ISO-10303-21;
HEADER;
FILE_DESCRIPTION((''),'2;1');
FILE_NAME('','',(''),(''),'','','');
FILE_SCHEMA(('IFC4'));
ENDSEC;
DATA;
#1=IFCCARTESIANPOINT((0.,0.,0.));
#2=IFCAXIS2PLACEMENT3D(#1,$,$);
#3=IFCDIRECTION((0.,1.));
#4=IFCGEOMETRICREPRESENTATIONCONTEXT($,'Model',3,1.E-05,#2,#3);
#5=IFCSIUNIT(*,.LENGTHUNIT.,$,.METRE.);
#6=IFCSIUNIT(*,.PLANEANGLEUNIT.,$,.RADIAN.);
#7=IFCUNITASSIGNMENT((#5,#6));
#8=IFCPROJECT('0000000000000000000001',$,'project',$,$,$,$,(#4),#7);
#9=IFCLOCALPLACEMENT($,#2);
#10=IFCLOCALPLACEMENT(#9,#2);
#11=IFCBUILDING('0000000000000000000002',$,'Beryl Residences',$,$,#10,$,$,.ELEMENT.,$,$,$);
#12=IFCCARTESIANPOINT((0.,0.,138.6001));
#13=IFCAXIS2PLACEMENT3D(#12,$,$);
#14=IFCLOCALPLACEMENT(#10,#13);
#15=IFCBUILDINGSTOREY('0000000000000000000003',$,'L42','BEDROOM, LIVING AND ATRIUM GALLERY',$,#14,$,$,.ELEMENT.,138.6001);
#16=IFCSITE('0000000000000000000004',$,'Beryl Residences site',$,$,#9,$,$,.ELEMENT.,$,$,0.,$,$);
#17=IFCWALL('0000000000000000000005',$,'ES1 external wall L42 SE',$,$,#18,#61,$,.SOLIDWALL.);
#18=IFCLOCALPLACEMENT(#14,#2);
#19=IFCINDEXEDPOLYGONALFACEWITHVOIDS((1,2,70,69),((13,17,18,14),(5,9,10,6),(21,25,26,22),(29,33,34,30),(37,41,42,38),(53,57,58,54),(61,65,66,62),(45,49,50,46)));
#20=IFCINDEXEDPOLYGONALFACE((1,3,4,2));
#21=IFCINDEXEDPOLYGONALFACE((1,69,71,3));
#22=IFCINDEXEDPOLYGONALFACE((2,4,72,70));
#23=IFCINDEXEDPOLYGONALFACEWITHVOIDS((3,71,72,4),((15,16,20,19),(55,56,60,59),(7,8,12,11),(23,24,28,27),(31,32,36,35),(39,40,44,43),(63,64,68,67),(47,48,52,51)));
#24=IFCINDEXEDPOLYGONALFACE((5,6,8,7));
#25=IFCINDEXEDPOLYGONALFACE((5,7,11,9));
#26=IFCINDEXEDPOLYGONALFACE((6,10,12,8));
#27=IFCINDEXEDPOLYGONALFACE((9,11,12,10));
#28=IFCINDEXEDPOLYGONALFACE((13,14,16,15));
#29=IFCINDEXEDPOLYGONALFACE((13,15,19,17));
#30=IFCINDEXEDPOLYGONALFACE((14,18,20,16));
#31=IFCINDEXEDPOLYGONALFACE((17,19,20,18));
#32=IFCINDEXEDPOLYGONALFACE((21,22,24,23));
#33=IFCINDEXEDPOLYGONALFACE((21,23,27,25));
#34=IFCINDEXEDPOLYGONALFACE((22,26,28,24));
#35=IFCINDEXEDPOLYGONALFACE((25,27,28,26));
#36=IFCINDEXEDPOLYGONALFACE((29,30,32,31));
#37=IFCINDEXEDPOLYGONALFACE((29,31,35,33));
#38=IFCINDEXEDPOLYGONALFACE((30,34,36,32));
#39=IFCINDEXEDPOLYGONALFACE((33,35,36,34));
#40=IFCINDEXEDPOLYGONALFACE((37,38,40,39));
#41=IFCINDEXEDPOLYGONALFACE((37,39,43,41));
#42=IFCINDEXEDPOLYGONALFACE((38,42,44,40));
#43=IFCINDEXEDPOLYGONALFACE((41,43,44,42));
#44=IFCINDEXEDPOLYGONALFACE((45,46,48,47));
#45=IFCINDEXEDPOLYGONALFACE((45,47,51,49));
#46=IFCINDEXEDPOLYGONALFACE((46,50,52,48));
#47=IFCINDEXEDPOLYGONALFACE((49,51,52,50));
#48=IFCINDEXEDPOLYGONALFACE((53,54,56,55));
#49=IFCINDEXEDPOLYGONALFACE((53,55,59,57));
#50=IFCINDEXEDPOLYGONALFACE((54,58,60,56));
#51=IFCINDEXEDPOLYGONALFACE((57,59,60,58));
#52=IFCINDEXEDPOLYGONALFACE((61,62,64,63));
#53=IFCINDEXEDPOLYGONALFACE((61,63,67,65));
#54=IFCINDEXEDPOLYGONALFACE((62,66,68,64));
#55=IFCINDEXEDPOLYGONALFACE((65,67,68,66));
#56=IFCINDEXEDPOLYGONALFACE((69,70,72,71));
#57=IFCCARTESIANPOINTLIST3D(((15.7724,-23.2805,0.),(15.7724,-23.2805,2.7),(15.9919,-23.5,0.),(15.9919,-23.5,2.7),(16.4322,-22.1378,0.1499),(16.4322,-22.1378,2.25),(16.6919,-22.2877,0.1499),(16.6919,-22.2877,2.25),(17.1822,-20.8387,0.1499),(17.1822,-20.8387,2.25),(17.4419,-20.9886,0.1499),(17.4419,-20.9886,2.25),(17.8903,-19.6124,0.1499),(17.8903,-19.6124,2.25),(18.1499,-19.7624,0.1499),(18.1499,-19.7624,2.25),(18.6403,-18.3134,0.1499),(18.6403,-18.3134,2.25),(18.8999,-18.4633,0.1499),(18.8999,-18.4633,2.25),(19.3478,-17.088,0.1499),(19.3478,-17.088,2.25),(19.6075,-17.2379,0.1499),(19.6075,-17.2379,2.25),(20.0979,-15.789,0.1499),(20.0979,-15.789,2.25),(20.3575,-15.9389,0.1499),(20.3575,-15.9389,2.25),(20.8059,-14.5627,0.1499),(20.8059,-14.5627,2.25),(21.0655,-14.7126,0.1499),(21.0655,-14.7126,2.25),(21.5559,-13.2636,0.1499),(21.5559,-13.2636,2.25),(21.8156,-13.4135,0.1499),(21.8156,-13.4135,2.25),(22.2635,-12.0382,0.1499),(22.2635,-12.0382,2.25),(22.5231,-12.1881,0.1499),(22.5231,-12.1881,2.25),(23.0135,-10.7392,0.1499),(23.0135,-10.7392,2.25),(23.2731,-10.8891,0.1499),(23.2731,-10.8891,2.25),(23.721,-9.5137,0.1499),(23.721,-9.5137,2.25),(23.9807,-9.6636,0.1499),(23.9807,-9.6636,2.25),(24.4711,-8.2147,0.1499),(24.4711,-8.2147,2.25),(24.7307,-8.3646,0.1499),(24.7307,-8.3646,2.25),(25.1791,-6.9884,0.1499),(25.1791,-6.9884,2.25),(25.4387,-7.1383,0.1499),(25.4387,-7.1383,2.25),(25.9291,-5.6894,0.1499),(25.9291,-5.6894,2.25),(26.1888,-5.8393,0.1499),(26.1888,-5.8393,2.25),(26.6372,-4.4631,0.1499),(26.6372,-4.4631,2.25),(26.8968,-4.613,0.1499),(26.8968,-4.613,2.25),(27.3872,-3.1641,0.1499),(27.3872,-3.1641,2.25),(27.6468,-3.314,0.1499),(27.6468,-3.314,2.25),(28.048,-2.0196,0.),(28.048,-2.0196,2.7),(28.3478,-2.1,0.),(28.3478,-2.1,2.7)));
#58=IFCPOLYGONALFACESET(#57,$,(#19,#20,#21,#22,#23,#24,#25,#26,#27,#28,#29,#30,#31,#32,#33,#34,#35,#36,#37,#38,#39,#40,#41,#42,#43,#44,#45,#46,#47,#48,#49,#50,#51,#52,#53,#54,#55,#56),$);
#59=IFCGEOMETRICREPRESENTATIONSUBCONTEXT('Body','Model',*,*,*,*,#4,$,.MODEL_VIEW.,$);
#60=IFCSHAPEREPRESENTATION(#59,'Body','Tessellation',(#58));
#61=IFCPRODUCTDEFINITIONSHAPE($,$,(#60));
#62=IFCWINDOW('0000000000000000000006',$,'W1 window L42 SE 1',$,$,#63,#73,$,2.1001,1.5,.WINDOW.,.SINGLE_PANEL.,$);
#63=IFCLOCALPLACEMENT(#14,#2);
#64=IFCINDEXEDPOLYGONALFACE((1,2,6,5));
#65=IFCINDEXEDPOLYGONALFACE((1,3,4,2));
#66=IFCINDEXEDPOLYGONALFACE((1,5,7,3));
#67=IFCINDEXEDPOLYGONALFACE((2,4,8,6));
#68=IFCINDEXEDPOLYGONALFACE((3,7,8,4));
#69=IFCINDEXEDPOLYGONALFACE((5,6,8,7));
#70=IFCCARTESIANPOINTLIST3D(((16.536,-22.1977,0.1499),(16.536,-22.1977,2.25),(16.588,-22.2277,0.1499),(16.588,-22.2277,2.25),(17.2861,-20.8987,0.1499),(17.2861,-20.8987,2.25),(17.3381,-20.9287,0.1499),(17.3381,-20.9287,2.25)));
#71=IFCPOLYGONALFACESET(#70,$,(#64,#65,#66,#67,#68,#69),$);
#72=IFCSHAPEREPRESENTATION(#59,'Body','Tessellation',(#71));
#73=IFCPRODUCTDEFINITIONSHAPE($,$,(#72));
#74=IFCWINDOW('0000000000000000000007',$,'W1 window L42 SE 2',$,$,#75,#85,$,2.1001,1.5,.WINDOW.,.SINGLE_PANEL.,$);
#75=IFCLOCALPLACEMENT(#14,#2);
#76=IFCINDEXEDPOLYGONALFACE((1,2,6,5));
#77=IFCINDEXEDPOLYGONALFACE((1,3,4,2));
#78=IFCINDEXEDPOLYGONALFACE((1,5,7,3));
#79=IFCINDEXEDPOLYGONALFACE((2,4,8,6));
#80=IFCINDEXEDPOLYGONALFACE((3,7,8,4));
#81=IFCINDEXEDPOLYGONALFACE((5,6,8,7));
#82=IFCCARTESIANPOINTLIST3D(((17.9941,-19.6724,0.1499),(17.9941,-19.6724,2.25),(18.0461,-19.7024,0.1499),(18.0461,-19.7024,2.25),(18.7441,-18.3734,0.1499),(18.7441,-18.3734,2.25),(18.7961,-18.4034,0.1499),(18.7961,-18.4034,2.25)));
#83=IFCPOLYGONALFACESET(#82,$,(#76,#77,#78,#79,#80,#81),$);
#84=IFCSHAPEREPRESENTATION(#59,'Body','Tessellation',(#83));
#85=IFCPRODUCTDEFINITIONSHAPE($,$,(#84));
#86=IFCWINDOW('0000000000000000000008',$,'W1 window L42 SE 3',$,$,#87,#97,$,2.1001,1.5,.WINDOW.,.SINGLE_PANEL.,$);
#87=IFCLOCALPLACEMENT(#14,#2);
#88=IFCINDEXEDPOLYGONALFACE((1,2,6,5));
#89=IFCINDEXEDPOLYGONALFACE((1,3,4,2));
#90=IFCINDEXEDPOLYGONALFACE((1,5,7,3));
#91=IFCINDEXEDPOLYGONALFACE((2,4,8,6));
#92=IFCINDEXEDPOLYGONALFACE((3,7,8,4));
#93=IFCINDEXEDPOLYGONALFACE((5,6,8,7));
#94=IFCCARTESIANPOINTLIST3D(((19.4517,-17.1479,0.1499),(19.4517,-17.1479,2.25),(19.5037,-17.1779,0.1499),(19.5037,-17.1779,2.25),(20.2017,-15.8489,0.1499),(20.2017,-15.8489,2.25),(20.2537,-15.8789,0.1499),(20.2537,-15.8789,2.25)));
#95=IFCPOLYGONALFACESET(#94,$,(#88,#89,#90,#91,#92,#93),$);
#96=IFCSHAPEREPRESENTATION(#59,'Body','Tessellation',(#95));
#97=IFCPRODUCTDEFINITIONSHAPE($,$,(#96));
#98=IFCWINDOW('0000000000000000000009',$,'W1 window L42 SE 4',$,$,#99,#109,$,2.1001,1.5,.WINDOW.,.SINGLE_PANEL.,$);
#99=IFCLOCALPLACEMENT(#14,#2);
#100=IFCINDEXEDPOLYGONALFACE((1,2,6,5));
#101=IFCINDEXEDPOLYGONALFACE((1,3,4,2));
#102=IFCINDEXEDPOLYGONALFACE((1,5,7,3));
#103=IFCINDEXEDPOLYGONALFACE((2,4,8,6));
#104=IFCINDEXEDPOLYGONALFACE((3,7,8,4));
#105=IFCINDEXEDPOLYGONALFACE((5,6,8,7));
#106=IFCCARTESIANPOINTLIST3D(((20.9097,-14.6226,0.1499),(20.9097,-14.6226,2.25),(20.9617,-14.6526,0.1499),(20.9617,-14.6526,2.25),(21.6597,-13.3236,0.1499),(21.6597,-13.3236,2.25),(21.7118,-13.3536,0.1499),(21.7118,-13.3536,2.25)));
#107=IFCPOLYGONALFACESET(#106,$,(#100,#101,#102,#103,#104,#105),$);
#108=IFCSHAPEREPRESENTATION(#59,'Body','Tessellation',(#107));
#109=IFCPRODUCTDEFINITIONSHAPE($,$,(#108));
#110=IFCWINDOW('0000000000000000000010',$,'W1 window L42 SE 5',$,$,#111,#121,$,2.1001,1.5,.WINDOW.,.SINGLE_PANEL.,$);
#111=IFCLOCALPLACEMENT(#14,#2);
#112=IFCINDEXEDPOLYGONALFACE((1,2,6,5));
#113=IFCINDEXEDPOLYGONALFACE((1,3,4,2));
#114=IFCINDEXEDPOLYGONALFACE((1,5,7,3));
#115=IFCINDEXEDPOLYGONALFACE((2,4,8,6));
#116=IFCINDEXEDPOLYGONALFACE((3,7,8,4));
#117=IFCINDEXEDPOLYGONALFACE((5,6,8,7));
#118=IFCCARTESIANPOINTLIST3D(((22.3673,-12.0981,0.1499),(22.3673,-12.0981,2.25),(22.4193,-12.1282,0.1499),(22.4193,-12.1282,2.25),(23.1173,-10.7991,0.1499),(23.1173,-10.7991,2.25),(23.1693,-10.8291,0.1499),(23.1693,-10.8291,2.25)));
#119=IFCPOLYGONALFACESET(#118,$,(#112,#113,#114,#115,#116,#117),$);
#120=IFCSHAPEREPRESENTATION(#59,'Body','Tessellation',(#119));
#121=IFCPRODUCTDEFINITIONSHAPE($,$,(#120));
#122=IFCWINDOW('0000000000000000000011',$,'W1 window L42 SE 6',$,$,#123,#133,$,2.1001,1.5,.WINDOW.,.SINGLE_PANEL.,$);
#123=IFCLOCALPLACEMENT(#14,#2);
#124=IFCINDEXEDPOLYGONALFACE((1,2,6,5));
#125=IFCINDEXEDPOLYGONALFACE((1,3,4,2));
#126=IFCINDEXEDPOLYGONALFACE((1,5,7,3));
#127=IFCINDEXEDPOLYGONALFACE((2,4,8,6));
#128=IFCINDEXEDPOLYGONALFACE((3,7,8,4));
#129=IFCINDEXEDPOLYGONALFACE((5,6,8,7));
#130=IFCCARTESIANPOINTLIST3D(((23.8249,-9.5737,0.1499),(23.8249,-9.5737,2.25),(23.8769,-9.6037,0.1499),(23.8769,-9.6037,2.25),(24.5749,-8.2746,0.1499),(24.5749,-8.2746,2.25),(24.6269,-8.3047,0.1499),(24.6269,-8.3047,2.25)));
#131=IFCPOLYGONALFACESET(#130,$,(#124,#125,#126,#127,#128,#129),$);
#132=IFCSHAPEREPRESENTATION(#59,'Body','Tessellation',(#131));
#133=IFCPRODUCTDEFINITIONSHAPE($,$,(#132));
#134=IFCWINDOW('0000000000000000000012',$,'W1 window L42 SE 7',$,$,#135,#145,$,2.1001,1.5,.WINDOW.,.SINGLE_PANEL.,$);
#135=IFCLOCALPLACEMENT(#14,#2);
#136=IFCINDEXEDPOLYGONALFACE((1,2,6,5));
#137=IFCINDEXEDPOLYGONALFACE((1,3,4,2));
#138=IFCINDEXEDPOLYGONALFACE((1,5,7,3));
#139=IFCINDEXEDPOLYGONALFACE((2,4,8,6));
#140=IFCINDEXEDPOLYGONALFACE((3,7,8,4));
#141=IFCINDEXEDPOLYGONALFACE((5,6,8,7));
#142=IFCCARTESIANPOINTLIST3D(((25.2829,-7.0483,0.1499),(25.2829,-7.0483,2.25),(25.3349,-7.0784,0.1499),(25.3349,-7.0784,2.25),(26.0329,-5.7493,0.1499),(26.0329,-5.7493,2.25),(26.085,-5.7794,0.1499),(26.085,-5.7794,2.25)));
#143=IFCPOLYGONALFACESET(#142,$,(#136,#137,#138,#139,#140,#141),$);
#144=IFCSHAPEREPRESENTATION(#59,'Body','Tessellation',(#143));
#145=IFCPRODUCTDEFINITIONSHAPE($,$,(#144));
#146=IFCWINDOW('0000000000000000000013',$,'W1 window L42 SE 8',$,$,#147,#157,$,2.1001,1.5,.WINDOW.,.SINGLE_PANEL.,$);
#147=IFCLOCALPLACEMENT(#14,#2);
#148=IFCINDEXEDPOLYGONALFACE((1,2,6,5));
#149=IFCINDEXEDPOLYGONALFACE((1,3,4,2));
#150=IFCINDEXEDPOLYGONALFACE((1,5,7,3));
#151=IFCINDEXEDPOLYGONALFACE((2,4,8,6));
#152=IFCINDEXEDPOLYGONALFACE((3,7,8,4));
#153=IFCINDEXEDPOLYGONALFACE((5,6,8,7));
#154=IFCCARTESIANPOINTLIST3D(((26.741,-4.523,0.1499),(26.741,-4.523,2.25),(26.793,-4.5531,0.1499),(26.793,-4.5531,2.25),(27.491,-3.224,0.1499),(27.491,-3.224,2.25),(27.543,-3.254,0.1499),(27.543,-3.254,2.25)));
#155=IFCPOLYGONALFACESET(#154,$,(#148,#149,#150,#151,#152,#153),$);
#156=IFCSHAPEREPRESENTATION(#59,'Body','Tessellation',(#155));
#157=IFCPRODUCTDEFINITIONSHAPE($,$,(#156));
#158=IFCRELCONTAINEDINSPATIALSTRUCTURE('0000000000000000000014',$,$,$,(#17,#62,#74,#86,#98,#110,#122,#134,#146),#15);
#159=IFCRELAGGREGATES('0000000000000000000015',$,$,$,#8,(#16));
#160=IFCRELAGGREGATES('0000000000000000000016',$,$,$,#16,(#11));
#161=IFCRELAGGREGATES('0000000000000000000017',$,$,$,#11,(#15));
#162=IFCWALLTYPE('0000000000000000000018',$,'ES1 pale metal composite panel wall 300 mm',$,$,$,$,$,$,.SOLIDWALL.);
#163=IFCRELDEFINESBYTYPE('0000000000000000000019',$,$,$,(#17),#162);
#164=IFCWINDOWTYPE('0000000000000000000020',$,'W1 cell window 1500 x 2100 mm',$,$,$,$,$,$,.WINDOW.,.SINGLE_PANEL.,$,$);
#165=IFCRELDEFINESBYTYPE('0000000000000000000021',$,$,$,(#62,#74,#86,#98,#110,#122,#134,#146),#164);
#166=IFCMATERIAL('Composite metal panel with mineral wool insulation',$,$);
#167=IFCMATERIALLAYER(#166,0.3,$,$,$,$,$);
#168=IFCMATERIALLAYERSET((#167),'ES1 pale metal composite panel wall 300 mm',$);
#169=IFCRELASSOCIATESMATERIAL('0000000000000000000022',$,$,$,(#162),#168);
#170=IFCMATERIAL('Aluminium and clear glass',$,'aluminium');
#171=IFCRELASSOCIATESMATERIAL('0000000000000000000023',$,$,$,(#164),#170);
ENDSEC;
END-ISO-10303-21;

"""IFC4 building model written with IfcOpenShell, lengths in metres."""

from ifc_helpers import new_model, si_unit, direction, frame, frame_2d, origin, place, context, subcontext, project, spatial, polyline, rectangle, outline, extrude, material, layer, layer_set, type_object, element, fill, save


model = new_model("IFC4")

# Units and contexts
model_context = context("Model", 3, precision=1e-05, world=origin(), true_north=direction((0.0, 1.0)))
body_context = subcontext(model_context, "Body", "Model", "MODEL_VIEW")
ifc_project = project(units=[si_unit("LENGTHUNIT", "METRE"), si_unit("PLANEANGLEUNIT", "RADIAN")], contexts=[model_context])

# Site, building, storey
site_placement = place(None, origin())
site = spatial("IfcSite", under=ifc_project, at=site_placement, Name="Beryl Residences site", CompositionType="ELEMENT", RefElevation=0.0)
building_placement = place(site_placement, origin())
building = spatial("IfcBuilding", under=site, at=building_placement, Name="Beryl Residences", CompositionType="ELEMENT")
storey_placement = place(building_placement, frame((0.0, 0.0, 138.6001)))
storey = spatial("IfcBuildingStorey", under=building, at=storey_placement, Name="L42", Description="BEDROOM, LIVING AND ATRIUM GALLERY", CompositionType="ELEMENT", Elevation=138.6001)

# Wall, openings, windows
ifc_material_1 = material(Name="Composite metal panel with mineral wool insulation")
ifc_layer_1 = layer(ifc_material_1, 0.3)
ifc_layer_set_1 = layer_set([ifc_layer_1], Name="ES1 pale metal composite panel wall 300 mm")
wall_type_1 = type_object("IfcWallType", Name="ES1 pale metal composite panel wall 300 mm", PredefinedType="SOLIDWALL", material=ifc_layer_set_1)
wall_1_placement = place(storey_placement, frame((15.8621, -23.425, 0.0), z_axis=(0.0, 0.0, 1.0), x_axis=(0.500018, 0.866015, 0.0)))
wall_1 = element("IfcWall", 1, at=wall_1_placement, inside=storey, type_object=wall_type_1, Name="ES1 external wall L42 SE", PredefinedType="SOLIDWALL", context=body_context, shape_type="SweptSolid", body=[
    extrude(outline(polyline([(0.0, -0.1499), (24.7109, -0.1499), (24.6306, 0.1499), (0.0803, 0.1499), (0.0, -0.1499)])), origin(), (0.0, 0.0, 1.0), 2.7),
])
opening_1_placement = place(wall_1_placement, frame((1.3999, 0.0, 0.1499)))
opening_1 = element("IfcOpeningElement", 2, at=opening_1_placement, cuts=wall_1, PredefinedType="OPENING", context=body_context, shape_type="SweptSolid", body=[
    extrude(rectangle(XDim=1.5, YDim=2.1001, at=frame_2d((0.75, 1.05))), frame((0.0, 0.1599, 0.0), z_axis=(0.0, -1.0, 0.0), x_axis=(1.0, 0.0, 0.0)), (0.0, 0.0, 1.0), 0.3201),
])
opening_2_placement = place(wall_1_placement, frame((4.3159, 0.0, 0.1499)))
opening_2 = element("IfcOpeningElement", 3, at=opening_2_placement, cuts=wall_1, PredefinedType="OPENING", context=body_context, shape_type="SweptSolid", body=[
    extrude(rectangle(XDim=1.5, YDim=2.1001, at=frame_2d((0.75, 1.05))), frame((0.0, 0.1599, 0.0), z_axis=(0.0, -1.0, 0.0), x_axis=(1.0, 0.0, 0.0)), (0.0, 0.0, 1.0), 0.3201),
])
opening_3_placement = place(wall_1_placement, frame((7.231, 0.0, 0.1499)))
opening_3 = element("IfcOpeningElement", 4, at=opening_3_placement, cuts=wall_1, PredefinedType="OPENING", context=body_context, shape_type="SweptSolid", body=[
    extrude(rectangle(XDim=1.5, YDim=2.1001, at=frame_2d((0.75, 1.05))), frame((0.0, 0.1599, 0.0), z_axis=(0.0, -1.0, 0.0), x_axis=(1.0, 0.0, 0.0)), (0.0, 0.0, 1.0), 0.3201),
])
opening_4_placement = place(wall_1_placement, frame((10.147, 0.0, 0.1499)))
opening_4 = element("IfcOpeningElement", 5, at=opening_4_placement, cuts=wall_1, PredefinedType="OPENING", context=body_context, shape_type="SweptSolid", body=[
    extrude(rectangle(XDim=1.5, YDim=2.1001, at=frame_2d((0.75, 1.05))), frame((0.0, 0.1599, 0.0), z_axis=(0.0, -1.0, 0.0), x_axis=(1.0, 0.0, 0.0)), (0.0, 0.0, 1.0), 0.3201),
])
opening_5_placement = place(wall_1_placement, frame((13.062, 0.0, 0.1499)))
opening_5 = element("IfcOpeningElement", 6, at=opening_5_placement, cuts=wall_1, PredefinedType="OPENING", context=body_context, shape_type="SweptSolid", body=[
    extrude(rectangle(XDim=1.5, YDim=2.1001, at=frame_2d((0.75, 1.05))), frame((0.0, 0.1599, 0.0), z_axis=(0.0, -1.0, 0.0), x_axis=(1.0, 0.0, 0.0)), (0.0, 0.0, 1.0), 0.3201),
])
opening_6_placement = place(wall_1_placement, frame((15.9771, 0.0, 0.1499)))
opening_6 = element("IfcOpeningElement", 7, at=opening_6_placement, cuts=wall_1, PredefinedType="OPENING", context=body_context, shape_type="SweptSolid", body=[
    extrude(rectangle(XDim=1.5, YDim=2.1001, at=frame_2d((0.75, 1.05))), frame((0.0, 0.1599, 0.0), z_axis=(0.0, -1.0, 0.0), x_axis=(1.0, 0.0, 0.0)), (0.0, 0.0, 1.0), 0.3201),
])
opening_7_placement = place(wall_1_placement, frame((18.8931, 0.0, 0.1499)))
opening_7 = element("IfcOpeningElement", 8, at=opening_7_placement, cuts=wall_1, PredefinedType="OPENING", context=body_context, shape_type="SweptSolid", body=[
    extrude(rectangle(XDim=1.5, YDim=2.1001, at=frame_2d((0.75, 1.05))), frame((0.0, 0.1599, 0.0), z_axis=(0.0, -1.0, 0.0), x_axis=(1.0, 0.0, 0.0)), (0.0, 0.0, 1.0), 0.3201),
])
opening_8_placement = place(wall_1_placement, frame((21.8091, 0.0, 0.1499)))
opening_8 = element("IfcOpeningElement", 9, at=opening_8_placement, cuts=wall_1, PredefinedType="OPENING", context=body_context, shape_type="SweptSolid", body=[
    extrude(rectangle(XDim=1.5, YDim=2.1001, at=frame_2d((0.75, 1.05))), frame((0.0, 0.1599, 0.0), z_axis=(0.0, -1.0, 0.0), x_axis=(1.0, 0.0, 0.0)), (0.0, 0.0, 1.0), 0.3201),
])
ifc_material_2 = material(Name="Aluminium and clear glass", Category="aluminium")
window_type_1 = type_object("IfcWindowType", Name="W1 cell window 1500 x 2100 mm", PartitioningType="SINGLE_PANEL", PredefinedType="WINDOW", material=ifc_material_2)
window_1_placement = place(opening_1_placement, origin())
window_1 = element("IfcWindow", 10, at=window_1_placement, inside=storey, type_object=window_type_1, Name="W1 window L42 SE 1", OverallHeight=2.1001, OverallWidth=1.5, PartitioningType="SINGLE_PANEL", PredefinedType="WINDOW", context=body_context, shape_type="SweptSolid", body=[
    extrude(rectangle(XDim=1.5, YDim=2.1001, at=frame_2d((0.75, 1.05))), frame((0.0, 0.03, 0.0), z_axis=(0.0, -1.0, 0.0), x_axis=(1.0, 0.0, 0.0)), (0.0, 0.0, 1.0), 0.0601),
])
fill(opening_1, window_1)
window_2_placement = place(opening_2_placement, origin())
window_2 = element("IfcWindow", 11, at=window_2_placement, inside=storey, type_object=window_type_1, Name="W1 window L42 SE 2", OverallHeight=2.1001, OverallWidth=1.5, PartitioningType="SINGLE_PANEL", PredefinedType="WINDOW", context=body_context, shape_type="SweptSolid", body=[
    extrude(rectangle(XDim=1.5, YDim=2.1001, at=frame_2d((0.75, 1.05))), frame((0.0, 0.03, 0.0), z_axis=(0.0, -1.0, 0.0), x_axis=(1.0, 0.0, 0.0)), (0.0, 0.0, 1.0), 0.0601),
])
fill(opening_2, window_2)
window_3_placement = place(opening_3_placement, origin())
window_3 = element("IfcWindow", 12, at=window_3_placement, inside=storey, type_object=window_type_1, Name="W1 window L42 SE 3", OverallHeight=2.1001, OverallWidth=1.5, PartitioningType="SINGLE_PANEL", PredefinedType="WINDOW", context=body_context, shape_type="SweptSolid", body=[
    extrude(rectangle(XDim=1.5, YDim=2.1001, at=frame_2d((0.75, 1.05))), frame((0.0, 0.03, 0.0), z_axis=(0.0, -1.0, 0.0), x_axis=(1.0, 0.0, 0.0)), (0.0, 0.0, 1.0), 0.0601),
])
fill(opening_3, window_3)
window_4_placement = place(opening_4_placement, origin())
window_4 = element("IfcWindow", 13, at=window_4_placement, inside=storey, type_object=window_type_1, Name="W1 window L42 SE 4", OverallHeight=2.1001, OverallWidth=1.5, PartitioningType="SINGLE_PANEL", PredefinedType="WINDOW", context=body_context, shape_type="SweptSolid", body=[
    extrude(rectangle(XDim=1.5, YDim=2.1001, at=frame_2d((0.75, 1.05))), frame((0.0, 0.03, 0.0), z_axis=(0.0, -1.0, 0.0), x_axis=(1.0, 0.0, 0.0)), (0.0, 0.0, 1.0), 0.0601),
])
fill(opening_4, window_4)
window_5_placement = place(opening_5_placement, origin())
window_5 = element("IfcWindow", 14, at=window_5_placement, inside=storey, type_object=window_type_1, Name="W1 window L42 SE 5", OverallHeight=2.1001, OverallWidth=1.5, PartitioningType="SINGLE_PANEL", PredefinedType="WINDOW", context=body_context, shape_type="SweptSolid", body=[
    extrude(rectangle(XDim=1.5, YDim=2.1001, at=frame_2d((0.75, 1.05))), frame((0.0, 0.03, 0.0), z_axis=(0.0, -1.0, 0.0), x_axis=(1.0, 0.0, 0.0)), (0.0, 0.0, 1.0), 0.0601),
])
fill(opening_5, window_5)
window_6_placement = place(opening_6_placement, origin())
window_6 = element("IfcWindow", 15, at=window_6_placement, inside=storey, type_object=window_type_1, Name="W1 window L42 SE 6", OverallHeight=2.1001, OverallWidth=1.5, PartitioningType="SINGLE_PANEL", PredefinedType="WINDOW", context=body_context, shape_type="SweptSolid", body=[
    extrude(rectangle(XDim=1.5, YDim=2.1001, at=frame_2d((0.75, 1.05))), frame((0.0, 0.03, 0.0), z_axis=(0.0, -1.0, 0.0), x_axis=(1.0, 0.0, 0.0)), (0.0, 0.0, 1.0), 0.0601),
])
fill(opening_6, window_6)
window_7_placement = place(opening_7_placement, origin())
window_7 = element("IfcWindow", 16, at=window_7_placement, inside=storey, type_object=window_type_1, Name="W1 window L42 SE 7", OverallHeight=2.1001, OverallWidth=1.5, PartitioningType="SINGLE_PANEL", PredefinedType="WINDOW", context=body_context, shape_type="SweptSolid", body=[
    extrude(rectangle(XDim=1.5, YDim=2.1001, at=frame_2d((0.75, 1.05))), frame((0.0, 0.03, 0.0), z_axis=(0.0, -1.0, 0.0), x_axis=(1.0, 0.0, 0.0)), (0.0, 0.0, 1.0), 0.0601),
])
fill(opening_7, window_7)
window_8_placement = place(opening_8_placement, origin())
window_8 = element("IfcWindow", 17, at=window_8_placement, inside=storey, type_object=window_type_1, Name="W1 window L42 SE 8", OverallHeight=2.1001, OverallWidth=1.5, PartitioningType="SINGLE_PANEL", PredefinedType="WINDOW", context=body_context, shape_type="SweptSolid", body=[
    extrude(rectangle(XDim=1.5, YDim=2.1001, at=frame_2d((0.75, 1.05))), frame((0.0, 0.03, 0.0), z_axis=(0.0, -1.0, 0.0), x_axis=(1.0, 0.0, 0.0)), (0.0, 0.0, 1.0), 0.0601),
])
fill(opening_8, window_8)

save(model, "model.ifc")
